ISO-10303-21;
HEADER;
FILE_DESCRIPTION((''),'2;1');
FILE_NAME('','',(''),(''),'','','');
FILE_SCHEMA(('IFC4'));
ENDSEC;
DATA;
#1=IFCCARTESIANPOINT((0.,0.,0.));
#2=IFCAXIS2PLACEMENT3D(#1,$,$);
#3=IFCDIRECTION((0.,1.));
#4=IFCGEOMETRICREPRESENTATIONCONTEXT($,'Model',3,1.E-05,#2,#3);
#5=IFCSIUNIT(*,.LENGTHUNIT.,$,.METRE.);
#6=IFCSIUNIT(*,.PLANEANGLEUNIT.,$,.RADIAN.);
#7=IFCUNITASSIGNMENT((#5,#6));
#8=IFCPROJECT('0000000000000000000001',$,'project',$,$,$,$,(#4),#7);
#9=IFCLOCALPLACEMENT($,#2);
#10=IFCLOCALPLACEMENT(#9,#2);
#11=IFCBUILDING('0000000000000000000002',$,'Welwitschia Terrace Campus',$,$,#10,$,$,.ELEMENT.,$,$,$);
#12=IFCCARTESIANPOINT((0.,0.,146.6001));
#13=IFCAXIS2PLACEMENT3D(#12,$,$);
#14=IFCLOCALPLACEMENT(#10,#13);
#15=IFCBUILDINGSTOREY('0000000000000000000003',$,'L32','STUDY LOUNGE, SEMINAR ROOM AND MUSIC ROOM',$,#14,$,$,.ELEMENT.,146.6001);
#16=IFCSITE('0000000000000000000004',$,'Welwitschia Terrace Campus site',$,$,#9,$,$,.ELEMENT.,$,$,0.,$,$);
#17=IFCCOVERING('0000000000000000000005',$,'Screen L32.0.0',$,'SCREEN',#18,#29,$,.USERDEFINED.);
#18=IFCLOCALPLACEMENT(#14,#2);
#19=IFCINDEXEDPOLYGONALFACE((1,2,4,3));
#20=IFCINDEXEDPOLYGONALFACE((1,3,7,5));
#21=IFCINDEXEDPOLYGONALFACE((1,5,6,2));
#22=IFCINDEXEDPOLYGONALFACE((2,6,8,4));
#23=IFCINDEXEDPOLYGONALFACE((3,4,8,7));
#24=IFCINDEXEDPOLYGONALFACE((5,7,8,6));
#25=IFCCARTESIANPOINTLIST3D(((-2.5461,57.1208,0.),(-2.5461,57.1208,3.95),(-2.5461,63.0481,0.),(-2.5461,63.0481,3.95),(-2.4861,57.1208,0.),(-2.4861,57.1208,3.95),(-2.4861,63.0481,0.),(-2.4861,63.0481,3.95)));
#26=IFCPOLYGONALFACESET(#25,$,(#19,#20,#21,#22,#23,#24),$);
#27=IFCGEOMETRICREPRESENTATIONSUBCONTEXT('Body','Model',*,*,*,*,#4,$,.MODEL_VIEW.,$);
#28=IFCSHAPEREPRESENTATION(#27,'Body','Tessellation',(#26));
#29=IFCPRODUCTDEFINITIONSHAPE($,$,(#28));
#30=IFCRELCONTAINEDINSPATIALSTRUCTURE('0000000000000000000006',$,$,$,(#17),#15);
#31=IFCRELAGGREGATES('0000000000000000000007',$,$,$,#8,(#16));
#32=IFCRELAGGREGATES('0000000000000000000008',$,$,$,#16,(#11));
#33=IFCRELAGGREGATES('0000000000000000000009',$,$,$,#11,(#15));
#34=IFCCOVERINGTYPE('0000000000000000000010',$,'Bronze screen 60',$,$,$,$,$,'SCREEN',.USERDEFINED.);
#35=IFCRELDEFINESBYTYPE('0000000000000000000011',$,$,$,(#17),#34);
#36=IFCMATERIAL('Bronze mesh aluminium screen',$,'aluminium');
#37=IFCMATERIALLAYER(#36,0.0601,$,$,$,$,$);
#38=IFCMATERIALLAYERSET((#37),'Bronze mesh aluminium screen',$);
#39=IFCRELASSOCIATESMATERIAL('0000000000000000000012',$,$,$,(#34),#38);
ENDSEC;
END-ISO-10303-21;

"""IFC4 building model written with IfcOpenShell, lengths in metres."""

from ifc_helpers import new_model, si_unit, direction, frame, origin, origin_2d, place, context, subcontext, project, spatial, rectangle, extrude, material, layer, layer_set, type_object, element, save


model = new_model("IFC4")

# Units and contexts
model_context = context("Model", 3, precision=1e-05, world=origin(), true_north=direction((0.0, 1.0)))
body_context = subcontext(model_context, "Body", "Model", "MODEL_VIEW")
ifc_project = project(units=[si_unit("LENGTHUNIT", "METRE"), si_unit("PLANEANGLEUNIT", "RADIAN")], contexts=[model_context])

# Site, building, storey
site_placement = place(None, origin())
site = spatial("IfcSite", under=ifc_project, at=site_placement, Name="Welwitschia Terrace Campus site", CompositionType="ELEMENT", RefElevation=0.0)
building_placement = place(site_placement, origin())
building = spatial("IfcBuilding", under=site, at=building_placement, Name="Welwitschia Terrace Campus", CompositionType="ELEMENT")
storey_placement = place(building_placement, frame((0.0, 0.0, 146.6001)))
storey = spatial("IfcBuildingStorey", under=building, at=storey_placement, Name="L32", Description="STUDY LOUNGE, SEMINAR ROOM AND MUSIC ROOM", CompositionType="ELEMENT", Elevation=146.6001)

# Covering
ifc_material_1 = material(Name="Bronze mesh aluminium screen", Category="aluminium")
ifc_layer_1 = layer(ifc_material_1, 0.0601)
ifc_layer_set_1 = layer_set([ifc_layer_1], Name="Bronze mesh aluminium screen")
covering_type = type_object("IfcCoveringType", Name="Bronze screen 60", ElementType="SCREEN", PredefinedType="USERDEFINED", material=ifc_layer_set_1)
covering_placement = place(storey_placement, frame((-2.5161, 60.0845, 0.0), z_axis=(0.0, 0.0, 1.0), x_axis=(0.0, -1.0, 0.0)))
element("IfcCovering", 1, at=covering_placement, inside=storey, type_object=covering_type, Name="Screen L32.0.0", ObjectType="SCREEN", PredefinedType="USERDEFINED", context=body_context, shape_type="SweptSolid", body=[
    extrude(rectangle(XDim=5.9272, YDim=0.0601, at=origin_2d()), origin(), (0.0, 0.0, 1.0), 3.95),
])

save(model, "model.ifc")
